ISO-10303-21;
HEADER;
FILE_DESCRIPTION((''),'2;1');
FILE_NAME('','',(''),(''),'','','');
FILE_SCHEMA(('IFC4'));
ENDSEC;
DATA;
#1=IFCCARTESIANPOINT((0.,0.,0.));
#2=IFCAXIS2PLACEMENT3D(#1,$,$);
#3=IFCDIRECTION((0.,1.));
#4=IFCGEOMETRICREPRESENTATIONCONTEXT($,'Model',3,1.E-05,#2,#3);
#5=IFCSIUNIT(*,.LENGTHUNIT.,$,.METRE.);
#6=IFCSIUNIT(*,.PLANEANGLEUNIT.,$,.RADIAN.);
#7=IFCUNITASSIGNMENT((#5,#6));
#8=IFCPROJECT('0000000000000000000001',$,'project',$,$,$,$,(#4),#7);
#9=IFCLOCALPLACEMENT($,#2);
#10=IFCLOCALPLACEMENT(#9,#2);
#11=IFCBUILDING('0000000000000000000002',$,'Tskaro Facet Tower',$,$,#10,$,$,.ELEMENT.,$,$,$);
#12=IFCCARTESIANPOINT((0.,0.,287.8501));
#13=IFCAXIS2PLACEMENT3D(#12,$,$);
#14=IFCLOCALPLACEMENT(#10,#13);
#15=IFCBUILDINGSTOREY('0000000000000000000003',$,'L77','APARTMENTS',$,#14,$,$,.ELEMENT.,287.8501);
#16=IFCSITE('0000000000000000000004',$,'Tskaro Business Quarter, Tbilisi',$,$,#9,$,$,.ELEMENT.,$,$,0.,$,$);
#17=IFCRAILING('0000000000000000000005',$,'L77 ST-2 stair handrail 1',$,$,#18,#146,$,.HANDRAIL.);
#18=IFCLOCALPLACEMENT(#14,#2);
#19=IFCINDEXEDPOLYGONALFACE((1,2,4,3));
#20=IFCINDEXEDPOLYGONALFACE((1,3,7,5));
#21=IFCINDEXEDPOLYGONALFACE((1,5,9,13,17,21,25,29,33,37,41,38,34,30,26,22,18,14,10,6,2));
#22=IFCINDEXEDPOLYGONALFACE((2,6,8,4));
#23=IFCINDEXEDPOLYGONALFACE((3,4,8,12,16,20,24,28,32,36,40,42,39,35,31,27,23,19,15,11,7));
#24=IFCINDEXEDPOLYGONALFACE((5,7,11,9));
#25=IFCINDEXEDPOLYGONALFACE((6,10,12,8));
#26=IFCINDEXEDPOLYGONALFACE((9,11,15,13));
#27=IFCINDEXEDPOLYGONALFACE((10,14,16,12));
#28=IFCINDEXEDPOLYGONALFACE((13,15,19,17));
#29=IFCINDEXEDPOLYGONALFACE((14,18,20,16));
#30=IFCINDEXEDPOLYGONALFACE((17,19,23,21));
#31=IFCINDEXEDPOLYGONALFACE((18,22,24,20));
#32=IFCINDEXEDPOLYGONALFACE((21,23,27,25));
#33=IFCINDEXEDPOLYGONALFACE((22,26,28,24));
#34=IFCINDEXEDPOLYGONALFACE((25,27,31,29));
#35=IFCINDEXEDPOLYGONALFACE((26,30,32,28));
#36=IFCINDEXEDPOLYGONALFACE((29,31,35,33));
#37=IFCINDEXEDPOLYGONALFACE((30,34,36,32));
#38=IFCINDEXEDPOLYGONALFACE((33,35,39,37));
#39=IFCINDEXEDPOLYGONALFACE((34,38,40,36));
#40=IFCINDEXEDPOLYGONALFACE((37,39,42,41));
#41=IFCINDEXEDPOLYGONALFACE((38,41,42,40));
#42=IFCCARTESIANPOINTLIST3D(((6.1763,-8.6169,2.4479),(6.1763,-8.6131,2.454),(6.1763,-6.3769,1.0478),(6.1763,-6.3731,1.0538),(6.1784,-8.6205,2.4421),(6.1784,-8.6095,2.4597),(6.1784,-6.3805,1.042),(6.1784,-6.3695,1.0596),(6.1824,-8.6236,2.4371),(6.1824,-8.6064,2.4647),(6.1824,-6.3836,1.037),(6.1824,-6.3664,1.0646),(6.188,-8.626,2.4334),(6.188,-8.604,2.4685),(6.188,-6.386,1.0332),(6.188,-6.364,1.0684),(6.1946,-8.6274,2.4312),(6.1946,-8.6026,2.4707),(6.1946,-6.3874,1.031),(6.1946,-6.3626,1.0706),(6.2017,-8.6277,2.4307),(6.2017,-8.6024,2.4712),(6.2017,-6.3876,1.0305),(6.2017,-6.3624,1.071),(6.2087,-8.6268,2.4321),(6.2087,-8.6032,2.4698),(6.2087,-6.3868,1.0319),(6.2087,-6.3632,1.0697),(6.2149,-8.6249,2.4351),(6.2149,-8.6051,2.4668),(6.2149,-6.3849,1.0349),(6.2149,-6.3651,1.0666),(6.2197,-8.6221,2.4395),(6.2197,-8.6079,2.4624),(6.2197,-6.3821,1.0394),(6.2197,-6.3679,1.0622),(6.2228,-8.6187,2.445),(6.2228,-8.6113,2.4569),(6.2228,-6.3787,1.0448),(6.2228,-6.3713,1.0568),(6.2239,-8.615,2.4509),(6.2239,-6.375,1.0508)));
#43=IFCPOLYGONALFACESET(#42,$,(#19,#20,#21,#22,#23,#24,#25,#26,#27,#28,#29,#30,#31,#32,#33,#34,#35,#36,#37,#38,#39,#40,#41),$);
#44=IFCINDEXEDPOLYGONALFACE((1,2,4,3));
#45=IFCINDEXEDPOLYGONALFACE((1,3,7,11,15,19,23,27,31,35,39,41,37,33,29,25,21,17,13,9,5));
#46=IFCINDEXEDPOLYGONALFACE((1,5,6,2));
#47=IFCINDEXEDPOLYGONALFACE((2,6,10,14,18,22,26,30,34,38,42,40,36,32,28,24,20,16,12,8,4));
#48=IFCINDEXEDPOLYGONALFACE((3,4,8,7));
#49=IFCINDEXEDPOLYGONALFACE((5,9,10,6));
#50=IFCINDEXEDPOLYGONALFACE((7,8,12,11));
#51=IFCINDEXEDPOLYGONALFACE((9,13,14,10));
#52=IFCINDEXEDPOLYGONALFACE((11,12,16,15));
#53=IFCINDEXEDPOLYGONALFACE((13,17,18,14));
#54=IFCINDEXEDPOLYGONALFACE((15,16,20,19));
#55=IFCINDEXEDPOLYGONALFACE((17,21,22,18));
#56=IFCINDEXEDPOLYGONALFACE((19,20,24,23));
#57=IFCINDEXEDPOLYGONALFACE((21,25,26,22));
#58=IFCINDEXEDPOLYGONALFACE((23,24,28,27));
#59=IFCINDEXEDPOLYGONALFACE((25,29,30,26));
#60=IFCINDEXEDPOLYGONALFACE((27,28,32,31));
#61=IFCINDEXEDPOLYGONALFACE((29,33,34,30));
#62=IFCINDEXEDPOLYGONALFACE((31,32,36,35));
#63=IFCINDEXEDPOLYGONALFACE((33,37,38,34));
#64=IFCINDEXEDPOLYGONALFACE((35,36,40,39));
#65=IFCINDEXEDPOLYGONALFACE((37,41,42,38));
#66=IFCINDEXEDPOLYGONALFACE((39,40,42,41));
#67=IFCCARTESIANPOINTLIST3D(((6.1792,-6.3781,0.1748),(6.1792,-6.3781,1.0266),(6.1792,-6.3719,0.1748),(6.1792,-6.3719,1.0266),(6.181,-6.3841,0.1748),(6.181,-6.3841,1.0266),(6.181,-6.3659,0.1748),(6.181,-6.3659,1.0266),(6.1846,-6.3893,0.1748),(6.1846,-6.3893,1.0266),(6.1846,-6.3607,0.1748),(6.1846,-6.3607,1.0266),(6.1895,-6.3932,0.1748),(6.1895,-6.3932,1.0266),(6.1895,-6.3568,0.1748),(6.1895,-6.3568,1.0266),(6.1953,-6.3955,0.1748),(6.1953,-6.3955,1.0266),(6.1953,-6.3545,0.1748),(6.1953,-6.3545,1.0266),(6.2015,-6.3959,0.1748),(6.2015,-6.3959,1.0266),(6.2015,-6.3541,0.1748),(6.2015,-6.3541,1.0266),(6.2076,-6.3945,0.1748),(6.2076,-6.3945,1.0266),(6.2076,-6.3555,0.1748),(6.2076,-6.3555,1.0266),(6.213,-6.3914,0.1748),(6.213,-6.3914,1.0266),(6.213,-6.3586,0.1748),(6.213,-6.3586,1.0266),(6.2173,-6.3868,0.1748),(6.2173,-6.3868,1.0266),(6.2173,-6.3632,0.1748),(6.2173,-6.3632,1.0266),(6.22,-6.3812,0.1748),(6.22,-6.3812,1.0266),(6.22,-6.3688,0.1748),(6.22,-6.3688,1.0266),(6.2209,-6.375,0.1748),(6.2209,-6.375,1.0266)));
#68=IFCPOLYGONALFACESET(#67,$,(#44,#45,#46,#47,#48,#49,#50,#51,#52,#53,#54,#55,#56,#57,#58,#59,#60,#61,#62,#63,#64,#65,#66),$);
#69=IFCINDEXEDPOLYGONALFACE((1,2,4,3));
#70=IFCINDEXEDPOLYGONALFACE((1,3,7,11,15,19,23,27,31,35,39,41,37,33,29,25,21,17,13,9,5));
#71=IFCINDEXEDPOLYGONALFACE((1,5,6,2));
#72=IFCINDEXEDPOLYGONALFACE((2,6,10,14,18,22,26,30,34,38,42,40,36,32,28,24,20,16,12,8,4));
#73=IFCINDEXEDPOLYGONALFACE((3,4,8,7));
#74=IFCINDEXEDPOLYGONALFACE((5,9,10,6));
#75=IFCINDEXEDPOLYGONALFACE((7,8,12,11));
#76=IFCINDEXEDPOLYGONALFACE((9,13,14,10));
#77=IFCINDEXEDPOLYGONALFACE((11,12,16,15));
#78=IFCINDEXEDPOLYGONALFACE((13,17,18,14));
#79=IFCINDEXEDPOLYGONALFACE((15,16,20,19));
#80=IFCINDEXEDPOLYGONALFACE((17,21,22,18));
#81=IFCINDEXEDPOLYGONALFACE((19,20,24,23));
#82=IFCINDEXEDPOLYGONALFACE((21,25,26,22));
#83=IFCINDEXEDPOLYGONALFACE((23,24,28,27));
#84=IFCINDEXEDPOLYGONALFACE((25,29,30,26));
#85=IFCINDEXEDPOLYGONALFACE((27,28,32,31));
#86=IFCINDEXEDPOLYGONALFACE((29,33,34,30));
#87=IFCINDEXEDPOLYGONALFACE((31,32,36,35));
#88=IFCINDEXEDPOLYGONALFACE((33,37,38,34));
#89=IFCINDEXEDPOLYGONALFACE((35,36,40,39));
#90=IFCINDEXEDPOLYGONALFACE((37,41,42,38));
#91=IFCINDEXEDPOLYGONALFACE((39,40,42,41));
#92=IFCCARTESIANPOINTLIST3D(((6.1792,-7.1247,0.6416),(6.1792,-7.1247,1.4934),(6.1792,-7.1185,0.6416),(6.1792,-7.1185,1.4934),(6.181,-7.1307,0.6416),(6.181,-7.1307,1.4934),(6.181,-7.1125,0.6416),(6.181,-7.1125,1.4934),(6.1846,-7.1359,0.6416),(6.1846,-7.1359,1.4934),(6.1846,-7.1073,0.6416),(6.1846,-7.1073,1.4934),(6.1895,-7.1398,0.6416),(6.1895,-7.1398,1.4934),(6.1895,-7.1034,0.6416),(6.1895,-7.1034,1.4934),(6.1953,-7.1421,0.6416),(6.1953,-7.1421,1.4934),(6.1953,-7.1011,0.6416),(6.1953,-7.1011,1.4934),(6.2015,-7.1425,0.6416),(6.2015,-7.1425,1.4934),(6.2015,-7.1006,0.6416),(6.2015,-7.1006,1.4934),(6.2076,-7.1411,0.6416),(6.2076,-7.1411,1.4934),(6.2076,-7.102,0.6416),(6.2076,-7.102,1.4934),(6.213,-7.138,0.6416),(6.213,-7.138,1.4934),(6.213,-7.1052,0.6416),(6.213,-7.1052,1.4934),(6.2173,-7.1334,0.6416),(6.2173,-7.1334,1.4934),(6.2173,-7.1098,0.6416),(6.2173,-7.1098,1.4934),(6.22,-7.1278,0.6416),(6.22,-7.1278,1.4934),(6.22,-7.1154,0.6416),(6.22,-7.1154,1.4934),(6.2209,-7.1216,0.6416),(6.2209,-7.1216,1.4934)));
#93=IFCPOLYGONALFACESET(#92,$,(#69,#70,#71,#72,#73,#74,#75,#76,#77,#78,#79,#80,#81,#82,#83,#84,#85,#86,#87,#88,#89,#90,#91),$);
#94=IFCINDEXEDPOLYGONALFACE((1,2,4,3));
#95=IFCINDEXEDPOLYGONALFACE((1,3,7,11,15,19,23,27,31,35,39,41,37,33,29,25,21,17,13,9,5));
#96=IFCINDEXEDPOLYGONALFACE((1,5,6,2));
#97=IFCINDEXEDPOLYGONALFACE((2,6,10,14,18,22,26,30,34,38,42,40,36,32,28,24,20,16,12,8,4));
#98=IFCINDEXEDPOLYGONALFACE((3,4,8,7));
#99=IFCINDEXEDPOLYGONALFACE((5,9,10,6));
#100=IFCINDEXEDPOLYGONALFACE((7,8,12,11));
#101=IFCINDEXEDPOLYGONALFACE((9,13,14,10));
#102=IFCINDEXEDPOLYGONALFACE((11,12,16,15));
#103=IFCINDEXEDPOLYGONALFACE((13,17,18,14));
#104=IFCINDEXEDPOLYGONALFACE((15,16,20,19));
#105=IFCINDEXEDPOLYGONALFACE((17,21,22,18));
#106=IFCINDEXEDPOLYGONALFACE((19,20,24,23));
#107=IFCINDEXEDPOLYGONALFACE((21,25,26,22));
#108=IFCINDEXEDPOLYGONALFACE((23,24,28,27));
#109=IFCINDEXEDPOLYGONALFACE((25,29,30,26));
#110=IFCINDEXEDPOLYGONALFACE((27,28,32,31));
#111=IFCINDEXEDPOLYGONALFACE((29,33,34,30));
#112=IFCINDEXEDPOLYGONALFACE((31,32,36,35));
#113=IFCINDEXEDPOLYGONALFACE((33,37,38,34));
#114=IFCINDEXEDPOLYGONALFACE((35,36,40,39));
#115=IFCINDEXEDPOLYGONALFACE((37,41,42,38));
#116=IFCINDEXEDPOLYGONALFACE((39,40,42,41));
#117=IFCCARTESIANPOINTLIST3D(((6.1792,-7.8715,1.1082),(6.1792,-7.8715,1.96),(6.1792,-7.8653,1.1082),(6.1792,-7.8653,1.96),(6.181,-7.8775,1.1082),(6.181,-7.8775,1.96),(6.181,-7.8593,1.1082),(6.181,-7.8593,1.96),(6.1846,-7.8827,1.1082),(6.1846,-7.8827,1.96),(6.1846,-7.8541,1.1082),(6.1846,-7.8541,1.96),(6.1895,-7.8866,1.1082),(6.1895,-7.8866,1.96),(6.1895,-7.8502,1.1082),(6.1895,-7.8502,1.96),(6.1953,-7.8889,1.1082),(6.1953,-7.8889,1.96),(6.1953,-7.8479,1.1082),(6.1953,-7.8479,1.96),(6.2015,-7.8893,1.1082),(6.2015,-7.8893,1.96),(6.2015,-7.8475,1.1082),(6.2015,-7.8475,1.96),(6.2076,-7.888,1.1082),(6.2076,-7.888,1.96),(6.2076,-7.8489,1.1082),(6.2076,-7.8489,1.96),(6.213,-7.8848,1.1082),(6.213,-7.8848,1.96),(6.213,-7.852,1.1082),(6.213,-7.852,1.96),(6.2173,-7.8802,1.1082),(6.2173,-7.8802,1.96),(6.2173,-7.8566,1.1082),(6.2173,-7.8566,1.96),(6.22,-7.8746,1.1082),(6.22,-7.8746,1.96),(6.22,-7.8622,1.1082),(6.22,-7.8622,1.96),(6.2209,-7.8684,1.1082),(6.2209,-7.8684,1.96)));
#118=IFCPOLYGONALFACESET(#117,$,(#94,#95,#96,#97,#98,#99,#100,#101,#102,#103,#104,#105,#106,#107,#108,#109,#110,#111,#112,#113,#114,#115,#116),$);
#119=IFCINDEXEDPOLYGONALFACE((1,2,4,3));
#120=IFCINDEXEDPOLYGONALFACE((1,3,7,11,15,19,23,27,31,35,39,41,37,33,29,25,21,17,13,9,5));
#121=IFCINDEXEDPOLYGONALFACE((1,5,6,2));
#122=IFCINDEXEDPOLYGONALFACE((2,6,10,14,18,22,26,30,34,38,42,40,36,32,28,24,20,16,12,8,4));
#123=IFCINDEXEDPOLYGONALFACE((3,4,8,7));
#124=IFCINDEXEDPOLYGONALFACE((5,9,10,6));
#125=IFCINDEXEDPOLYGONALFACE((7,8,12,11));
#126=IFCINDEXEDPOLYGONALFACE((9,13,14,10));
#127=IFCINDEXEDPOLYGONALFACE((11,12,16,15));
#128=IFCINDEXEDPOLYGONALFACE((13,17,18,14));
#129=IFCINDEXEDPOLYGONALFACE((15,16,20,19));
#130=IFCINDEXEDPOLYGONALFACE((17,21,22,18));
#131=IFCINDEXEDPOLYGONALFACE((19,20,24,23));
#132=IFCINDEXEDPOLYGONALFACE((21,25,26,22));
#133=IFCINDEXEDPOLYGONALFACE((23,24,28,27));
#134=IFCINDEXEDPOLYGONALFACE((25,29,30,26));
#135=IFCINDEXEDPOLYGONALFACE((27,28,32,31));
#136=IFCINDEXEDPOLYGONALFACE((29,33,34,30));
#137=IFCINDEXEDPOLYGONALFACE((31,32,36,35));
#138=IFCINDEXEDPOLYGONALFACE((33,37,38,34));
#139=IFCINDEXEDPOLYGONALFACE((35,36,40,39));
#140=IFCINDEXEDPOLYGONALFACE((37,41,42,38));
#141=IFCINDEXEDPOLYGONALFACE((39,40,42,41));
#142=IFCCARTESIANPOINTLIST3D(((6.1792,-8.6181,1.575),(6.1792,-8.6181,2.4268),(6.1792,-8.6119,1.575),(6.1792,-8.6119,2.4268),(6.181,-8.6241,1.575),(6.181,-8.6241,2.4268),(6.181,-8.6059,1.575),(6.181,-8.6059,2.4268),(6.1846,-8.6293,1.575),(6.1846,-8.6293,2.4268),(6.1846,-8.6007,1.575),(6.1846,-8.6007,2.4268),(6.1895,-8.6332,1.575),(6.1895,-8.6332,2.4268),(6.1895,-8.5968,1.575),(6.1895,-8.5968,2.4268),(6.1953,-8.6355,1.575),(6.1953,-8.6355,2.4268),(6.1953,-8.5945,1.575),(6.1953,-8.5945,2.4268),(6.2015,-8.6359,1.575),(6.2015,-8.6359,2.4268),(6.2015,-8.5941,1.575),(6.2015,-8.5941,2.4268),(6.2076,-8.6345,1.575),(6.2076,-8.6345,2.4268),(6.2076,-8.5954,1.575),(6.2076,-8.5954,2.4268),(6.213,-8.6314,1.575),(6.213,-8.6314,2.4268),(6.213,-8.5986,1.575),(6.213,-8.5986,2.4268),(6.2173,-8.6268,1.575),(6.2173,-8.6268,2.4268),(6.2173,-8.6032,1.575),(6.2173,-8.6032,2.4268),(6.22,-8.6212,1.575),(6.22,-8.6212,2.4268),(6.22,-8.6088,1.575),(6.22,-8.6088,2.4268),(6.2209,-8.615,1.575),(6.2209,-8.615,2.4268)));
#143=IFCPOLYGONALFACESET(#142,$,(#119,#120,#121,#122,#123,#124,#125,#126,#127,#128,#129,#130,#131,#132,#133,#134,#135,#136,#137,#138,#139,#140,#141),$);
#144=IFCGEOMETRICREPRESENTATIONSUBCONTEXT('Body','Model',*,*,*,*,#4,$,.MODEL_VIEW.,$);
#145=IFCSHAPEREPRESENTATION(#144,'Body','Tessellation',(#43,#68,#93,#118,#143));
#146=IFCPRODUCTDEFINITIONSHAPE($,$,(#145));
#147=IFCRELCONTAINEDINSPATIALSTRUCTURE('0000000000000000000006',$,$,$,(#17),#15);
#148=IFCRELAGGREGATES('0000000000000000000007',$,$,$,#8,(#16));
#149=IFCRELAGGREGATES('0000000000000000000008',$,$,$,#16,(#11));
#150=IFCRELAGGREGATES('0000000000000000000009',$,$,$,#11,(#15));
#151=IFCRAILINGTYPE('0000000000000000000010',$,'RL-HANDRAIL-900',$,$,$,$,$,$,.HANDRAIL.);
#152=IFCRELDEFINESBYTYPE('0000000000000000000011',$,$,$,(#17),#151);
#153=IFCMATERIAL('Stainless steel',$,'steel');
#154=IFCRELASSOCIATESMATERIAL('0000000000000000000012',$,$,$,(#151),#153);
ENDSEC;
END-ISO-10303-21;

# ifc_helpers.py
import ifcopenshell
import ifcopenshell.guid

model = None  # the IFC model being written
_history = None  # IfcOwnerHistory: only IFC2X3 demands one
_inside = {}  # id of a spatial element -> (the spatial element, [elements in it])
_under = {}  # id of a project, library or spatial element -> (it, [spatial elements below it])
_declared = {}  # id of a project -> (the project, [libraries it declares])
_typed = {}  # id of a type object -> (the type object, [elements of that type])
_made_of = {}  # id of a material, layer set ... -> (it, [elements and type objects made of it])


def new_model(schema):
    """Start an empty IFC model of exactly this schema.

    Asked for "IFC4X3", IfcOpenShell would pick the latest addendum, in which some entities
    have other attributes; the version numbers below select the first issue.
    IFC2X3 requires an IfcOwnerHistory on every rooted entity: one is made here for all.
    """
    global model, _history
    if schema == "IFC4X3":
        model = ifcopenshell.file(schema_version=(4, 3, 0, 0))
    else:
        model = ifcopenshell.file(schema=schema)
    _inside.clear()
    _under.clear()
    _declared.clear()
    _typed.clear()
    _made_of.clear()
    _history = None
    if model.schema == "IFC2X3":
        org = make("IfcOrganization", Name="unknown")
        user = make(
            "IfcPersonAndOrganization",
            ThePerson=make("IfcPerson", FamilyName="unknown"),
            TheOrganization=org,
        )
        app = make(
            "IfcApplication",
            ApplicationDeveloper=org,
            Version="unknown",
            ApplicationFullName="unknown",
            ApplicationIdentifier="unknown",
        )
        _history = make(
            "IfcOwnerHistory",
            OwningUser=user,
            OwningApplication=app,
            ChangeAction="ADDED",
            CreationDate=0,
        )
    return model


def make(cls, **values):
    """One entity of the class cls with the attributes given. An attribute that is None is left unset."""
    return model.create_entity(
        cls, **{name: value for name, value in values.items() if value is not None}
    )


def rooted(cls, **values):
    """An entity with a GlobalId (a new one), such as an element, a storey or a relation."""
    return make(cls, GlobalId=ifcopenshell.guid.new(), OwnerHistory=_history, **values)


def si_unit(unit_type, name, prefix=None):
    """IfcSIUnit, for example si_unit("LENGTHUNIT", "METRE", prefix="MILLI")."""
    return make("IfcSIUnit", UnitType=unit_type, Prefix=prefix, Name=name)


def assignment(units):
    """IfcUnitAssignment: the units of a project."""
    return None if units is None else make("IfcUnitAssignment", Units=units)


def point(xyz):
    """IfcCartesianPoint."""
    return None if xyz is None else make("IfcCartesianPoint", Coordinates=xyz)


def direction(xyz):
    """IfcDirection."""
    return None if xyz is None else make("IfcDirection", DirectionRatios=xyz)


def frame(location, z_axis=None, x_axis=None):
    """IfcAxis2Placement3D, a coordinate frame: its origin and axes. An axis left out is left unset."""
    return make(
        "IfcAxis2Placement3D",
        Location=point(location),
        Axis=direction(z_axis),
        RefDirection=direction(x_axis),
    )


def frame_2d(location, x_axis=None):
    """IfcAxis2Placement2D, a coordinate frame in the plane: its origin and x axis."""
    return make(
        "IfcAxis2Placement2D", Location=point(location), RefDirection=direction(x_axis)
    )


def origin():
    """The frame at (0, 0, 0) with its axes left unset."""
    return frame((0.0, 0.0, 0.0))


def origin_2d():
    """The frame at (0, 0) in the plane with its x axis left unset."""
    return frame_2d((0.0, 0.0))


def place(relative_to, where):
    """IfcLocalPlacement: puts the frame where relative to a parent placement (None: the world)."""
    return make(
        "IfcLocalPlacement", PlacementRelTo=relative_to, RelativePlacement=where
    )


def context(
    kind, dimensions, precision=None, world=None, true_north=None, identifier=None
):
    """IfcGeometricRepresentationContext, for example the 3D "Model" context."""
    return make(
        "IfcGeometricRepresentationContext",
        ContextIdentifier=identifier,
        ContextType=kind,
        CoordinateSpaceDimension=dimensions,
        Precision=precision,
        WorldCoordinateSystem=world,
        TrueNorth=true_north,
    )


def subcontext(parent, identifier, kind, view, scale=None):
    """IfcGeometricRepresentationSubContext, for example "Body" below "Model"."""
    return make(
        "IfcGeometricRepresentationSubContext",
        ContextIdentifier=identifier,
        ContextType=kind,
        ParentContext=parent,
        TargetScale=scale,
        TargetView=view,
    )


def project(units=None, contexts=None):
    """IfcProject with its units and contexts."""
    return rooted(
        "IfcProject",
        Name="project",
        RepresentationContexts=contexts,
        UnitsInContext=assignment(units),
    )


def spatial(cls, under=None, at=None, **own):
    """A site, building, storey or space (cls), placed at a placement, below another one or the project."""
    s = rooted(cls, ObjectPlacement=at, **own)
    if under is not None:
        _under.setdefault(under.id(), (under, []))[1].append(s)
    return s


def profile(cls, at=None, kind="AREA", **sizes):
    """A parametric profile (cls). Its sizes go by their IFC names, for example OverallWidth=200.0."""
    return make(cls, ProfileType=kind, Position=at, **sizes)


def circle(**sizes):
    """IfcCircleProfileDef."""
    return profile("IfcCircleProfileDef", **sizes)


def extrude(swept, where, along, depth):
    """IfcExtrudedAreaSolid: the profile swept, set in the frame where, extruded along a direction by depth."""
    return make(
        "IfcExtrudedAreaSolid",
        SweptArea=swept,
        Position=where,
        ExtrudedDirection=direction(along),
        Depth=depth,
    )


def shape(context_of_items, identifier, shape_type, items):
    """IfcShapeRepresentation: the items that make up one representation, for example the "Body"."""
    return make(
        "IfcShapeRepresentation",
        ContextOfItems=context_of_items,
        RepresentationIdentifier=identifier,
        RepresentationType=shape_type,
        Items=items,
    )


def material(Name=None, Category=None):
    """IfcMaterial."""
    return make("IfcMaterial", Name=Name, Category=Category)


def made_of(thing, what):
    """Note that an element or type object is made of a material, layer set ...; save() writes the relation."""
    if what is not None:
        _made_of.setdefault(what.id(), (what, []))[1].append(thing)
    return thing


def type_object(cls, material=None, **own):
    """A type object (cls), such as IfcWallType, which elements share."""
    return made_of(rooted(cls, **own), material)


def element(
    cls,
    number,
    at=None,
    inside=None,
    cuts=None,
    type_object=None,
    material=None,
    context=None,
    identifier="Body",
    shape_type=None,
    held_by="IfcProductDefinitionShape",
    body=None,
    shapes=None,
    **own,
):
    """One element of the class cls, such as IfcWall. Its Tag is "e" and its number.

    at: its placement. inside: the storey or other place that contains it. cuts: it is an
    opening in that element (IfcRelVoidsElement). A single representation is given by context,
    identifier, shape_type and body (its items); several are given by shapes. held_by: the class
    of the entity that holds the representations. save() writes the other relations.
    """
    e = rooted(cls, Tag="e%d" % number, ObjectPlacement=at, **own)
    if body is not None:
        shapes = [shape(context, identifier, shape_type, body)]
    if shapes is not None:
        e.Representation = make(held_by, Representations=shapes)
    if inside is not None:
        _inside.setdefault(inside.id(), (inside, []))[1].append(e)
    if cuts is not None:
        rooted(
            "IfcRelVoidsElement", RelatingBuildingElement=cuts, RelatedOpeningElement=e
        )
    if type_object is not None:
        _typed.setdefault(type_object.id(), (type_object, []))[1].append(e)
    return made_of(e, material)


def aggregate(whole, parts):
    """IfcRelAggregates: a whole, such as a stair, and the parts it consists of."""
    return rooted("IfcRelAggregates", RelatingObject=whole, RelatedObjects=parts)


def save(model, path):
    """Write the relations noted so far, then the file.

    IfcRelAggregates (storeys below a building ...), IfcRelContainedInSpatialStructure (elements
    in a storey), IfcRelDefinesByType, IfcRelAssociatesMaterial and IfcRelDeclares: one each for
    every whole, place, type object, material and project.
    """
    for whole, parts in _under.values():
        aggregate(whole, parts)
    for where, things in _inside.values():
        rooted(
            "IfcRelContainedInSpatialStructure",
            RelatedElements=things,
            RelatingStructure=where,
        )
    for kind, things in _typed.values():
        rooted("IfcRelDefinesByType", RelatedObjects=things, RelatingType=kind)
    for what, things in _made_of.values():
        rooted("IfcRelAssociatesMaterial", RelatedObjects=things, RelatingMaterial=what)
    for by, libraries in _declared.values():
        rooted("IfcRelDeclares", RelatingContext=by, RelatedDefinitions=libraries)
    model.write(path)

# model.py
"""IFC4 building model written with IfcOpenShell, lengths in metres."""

from ifc_helpers import new_model, si_unit, direction, frame, origin, origin_2d, place, context, subcontext, project, spatial, circle, extrude, material, type_object, element, save


model = new_model("IFC4")

# Units and contexts
model_context = context("Model", 3, precision=1e-05, world=origin(), true_north=direction((0.0, 1.0)))
body_context = subcontext(model_context, "Body", "Model", "MODEL_VIEW")
ifc_project = project(units=[si_unit("LENGTHUNIT", "METRE"), si_unit("PLANEANGLEUNIT", "RADIAN")], contexts=[model_context])

# Site, building, storey
site_placement = place(None, origin())
site = spatial("IfcSite", under=ifc_project, at=site_placement, Name="Tskaro Business Quarter, Tbilisi", CompositionType="ELEMENT", RefElevation=0.0)
building_placement = place(site_placement, origin())
building = spatial("IfcBuilding", under=site, at=building_placement, Name="Tskaro Facet Tower", CompositionType="ELEMENT")
storey_placement = place(building_placement, frame((0.0, 0.0, 287.8501)))
storey = spatial("IfcBuildingStorey", under=building, at=storey_placement, Name="L77", Description="APARTMENTS", CompositionType="ELEMENT", Elevation=287.8501)

# Railing
ifc_material_1 = material(Name="Stainless steel", Category="steel")
railing_type_1 = type_object("IfcRailingType", Name="RL-HANDRAIL-900", PredefinedType="HANDRAIL", material=ifc_material_1)
railing_1_placement = place(storey_placement, frame((6.2, -6.375, 0.1748)))
element("IfcRailing", 1, at=railing_1_placement, inside=storey, type_object=railing_type_1, Name="L77 ST-2 stair handrail 1", PredefinedType="HANDRAIL", context=body_context, shape_type="SweptSolid", body=[
    extrude(circle(Radius=0.0239, at=origin_2d()), frame((0.0, 0.0, 0.876), z_axis=(0.0, -0.847972, 0.53004), x_axis=(1.0, 0.0, 0.0)), (0.0, 0.0, 1.0), 2.6416),
    extrude(circle(Radius=0.021, at=origin_2d()), origin(), (0.0, 0.0, 1.0), 0.8518),
    extrude(circle(Radius=0.021, at=origin_2d()), frame((0.0, -0.7466, 0.4668)), (0.0, 0.0, 1.0), 0.8518),
    extrude(circle(Radius=0.021, at=origin_2d()), frame((0.0, -1.4934, 0.9333)), (0.0, 0.0, 1.0), 0.8518),
    extrude(circle(Radius=0.021, at=origin_2d()), frame((0.0, -2.24, 1.4001)), (0.0, 0.0, 1.0), 0.8518),
])

save(model, "model.ifc")
